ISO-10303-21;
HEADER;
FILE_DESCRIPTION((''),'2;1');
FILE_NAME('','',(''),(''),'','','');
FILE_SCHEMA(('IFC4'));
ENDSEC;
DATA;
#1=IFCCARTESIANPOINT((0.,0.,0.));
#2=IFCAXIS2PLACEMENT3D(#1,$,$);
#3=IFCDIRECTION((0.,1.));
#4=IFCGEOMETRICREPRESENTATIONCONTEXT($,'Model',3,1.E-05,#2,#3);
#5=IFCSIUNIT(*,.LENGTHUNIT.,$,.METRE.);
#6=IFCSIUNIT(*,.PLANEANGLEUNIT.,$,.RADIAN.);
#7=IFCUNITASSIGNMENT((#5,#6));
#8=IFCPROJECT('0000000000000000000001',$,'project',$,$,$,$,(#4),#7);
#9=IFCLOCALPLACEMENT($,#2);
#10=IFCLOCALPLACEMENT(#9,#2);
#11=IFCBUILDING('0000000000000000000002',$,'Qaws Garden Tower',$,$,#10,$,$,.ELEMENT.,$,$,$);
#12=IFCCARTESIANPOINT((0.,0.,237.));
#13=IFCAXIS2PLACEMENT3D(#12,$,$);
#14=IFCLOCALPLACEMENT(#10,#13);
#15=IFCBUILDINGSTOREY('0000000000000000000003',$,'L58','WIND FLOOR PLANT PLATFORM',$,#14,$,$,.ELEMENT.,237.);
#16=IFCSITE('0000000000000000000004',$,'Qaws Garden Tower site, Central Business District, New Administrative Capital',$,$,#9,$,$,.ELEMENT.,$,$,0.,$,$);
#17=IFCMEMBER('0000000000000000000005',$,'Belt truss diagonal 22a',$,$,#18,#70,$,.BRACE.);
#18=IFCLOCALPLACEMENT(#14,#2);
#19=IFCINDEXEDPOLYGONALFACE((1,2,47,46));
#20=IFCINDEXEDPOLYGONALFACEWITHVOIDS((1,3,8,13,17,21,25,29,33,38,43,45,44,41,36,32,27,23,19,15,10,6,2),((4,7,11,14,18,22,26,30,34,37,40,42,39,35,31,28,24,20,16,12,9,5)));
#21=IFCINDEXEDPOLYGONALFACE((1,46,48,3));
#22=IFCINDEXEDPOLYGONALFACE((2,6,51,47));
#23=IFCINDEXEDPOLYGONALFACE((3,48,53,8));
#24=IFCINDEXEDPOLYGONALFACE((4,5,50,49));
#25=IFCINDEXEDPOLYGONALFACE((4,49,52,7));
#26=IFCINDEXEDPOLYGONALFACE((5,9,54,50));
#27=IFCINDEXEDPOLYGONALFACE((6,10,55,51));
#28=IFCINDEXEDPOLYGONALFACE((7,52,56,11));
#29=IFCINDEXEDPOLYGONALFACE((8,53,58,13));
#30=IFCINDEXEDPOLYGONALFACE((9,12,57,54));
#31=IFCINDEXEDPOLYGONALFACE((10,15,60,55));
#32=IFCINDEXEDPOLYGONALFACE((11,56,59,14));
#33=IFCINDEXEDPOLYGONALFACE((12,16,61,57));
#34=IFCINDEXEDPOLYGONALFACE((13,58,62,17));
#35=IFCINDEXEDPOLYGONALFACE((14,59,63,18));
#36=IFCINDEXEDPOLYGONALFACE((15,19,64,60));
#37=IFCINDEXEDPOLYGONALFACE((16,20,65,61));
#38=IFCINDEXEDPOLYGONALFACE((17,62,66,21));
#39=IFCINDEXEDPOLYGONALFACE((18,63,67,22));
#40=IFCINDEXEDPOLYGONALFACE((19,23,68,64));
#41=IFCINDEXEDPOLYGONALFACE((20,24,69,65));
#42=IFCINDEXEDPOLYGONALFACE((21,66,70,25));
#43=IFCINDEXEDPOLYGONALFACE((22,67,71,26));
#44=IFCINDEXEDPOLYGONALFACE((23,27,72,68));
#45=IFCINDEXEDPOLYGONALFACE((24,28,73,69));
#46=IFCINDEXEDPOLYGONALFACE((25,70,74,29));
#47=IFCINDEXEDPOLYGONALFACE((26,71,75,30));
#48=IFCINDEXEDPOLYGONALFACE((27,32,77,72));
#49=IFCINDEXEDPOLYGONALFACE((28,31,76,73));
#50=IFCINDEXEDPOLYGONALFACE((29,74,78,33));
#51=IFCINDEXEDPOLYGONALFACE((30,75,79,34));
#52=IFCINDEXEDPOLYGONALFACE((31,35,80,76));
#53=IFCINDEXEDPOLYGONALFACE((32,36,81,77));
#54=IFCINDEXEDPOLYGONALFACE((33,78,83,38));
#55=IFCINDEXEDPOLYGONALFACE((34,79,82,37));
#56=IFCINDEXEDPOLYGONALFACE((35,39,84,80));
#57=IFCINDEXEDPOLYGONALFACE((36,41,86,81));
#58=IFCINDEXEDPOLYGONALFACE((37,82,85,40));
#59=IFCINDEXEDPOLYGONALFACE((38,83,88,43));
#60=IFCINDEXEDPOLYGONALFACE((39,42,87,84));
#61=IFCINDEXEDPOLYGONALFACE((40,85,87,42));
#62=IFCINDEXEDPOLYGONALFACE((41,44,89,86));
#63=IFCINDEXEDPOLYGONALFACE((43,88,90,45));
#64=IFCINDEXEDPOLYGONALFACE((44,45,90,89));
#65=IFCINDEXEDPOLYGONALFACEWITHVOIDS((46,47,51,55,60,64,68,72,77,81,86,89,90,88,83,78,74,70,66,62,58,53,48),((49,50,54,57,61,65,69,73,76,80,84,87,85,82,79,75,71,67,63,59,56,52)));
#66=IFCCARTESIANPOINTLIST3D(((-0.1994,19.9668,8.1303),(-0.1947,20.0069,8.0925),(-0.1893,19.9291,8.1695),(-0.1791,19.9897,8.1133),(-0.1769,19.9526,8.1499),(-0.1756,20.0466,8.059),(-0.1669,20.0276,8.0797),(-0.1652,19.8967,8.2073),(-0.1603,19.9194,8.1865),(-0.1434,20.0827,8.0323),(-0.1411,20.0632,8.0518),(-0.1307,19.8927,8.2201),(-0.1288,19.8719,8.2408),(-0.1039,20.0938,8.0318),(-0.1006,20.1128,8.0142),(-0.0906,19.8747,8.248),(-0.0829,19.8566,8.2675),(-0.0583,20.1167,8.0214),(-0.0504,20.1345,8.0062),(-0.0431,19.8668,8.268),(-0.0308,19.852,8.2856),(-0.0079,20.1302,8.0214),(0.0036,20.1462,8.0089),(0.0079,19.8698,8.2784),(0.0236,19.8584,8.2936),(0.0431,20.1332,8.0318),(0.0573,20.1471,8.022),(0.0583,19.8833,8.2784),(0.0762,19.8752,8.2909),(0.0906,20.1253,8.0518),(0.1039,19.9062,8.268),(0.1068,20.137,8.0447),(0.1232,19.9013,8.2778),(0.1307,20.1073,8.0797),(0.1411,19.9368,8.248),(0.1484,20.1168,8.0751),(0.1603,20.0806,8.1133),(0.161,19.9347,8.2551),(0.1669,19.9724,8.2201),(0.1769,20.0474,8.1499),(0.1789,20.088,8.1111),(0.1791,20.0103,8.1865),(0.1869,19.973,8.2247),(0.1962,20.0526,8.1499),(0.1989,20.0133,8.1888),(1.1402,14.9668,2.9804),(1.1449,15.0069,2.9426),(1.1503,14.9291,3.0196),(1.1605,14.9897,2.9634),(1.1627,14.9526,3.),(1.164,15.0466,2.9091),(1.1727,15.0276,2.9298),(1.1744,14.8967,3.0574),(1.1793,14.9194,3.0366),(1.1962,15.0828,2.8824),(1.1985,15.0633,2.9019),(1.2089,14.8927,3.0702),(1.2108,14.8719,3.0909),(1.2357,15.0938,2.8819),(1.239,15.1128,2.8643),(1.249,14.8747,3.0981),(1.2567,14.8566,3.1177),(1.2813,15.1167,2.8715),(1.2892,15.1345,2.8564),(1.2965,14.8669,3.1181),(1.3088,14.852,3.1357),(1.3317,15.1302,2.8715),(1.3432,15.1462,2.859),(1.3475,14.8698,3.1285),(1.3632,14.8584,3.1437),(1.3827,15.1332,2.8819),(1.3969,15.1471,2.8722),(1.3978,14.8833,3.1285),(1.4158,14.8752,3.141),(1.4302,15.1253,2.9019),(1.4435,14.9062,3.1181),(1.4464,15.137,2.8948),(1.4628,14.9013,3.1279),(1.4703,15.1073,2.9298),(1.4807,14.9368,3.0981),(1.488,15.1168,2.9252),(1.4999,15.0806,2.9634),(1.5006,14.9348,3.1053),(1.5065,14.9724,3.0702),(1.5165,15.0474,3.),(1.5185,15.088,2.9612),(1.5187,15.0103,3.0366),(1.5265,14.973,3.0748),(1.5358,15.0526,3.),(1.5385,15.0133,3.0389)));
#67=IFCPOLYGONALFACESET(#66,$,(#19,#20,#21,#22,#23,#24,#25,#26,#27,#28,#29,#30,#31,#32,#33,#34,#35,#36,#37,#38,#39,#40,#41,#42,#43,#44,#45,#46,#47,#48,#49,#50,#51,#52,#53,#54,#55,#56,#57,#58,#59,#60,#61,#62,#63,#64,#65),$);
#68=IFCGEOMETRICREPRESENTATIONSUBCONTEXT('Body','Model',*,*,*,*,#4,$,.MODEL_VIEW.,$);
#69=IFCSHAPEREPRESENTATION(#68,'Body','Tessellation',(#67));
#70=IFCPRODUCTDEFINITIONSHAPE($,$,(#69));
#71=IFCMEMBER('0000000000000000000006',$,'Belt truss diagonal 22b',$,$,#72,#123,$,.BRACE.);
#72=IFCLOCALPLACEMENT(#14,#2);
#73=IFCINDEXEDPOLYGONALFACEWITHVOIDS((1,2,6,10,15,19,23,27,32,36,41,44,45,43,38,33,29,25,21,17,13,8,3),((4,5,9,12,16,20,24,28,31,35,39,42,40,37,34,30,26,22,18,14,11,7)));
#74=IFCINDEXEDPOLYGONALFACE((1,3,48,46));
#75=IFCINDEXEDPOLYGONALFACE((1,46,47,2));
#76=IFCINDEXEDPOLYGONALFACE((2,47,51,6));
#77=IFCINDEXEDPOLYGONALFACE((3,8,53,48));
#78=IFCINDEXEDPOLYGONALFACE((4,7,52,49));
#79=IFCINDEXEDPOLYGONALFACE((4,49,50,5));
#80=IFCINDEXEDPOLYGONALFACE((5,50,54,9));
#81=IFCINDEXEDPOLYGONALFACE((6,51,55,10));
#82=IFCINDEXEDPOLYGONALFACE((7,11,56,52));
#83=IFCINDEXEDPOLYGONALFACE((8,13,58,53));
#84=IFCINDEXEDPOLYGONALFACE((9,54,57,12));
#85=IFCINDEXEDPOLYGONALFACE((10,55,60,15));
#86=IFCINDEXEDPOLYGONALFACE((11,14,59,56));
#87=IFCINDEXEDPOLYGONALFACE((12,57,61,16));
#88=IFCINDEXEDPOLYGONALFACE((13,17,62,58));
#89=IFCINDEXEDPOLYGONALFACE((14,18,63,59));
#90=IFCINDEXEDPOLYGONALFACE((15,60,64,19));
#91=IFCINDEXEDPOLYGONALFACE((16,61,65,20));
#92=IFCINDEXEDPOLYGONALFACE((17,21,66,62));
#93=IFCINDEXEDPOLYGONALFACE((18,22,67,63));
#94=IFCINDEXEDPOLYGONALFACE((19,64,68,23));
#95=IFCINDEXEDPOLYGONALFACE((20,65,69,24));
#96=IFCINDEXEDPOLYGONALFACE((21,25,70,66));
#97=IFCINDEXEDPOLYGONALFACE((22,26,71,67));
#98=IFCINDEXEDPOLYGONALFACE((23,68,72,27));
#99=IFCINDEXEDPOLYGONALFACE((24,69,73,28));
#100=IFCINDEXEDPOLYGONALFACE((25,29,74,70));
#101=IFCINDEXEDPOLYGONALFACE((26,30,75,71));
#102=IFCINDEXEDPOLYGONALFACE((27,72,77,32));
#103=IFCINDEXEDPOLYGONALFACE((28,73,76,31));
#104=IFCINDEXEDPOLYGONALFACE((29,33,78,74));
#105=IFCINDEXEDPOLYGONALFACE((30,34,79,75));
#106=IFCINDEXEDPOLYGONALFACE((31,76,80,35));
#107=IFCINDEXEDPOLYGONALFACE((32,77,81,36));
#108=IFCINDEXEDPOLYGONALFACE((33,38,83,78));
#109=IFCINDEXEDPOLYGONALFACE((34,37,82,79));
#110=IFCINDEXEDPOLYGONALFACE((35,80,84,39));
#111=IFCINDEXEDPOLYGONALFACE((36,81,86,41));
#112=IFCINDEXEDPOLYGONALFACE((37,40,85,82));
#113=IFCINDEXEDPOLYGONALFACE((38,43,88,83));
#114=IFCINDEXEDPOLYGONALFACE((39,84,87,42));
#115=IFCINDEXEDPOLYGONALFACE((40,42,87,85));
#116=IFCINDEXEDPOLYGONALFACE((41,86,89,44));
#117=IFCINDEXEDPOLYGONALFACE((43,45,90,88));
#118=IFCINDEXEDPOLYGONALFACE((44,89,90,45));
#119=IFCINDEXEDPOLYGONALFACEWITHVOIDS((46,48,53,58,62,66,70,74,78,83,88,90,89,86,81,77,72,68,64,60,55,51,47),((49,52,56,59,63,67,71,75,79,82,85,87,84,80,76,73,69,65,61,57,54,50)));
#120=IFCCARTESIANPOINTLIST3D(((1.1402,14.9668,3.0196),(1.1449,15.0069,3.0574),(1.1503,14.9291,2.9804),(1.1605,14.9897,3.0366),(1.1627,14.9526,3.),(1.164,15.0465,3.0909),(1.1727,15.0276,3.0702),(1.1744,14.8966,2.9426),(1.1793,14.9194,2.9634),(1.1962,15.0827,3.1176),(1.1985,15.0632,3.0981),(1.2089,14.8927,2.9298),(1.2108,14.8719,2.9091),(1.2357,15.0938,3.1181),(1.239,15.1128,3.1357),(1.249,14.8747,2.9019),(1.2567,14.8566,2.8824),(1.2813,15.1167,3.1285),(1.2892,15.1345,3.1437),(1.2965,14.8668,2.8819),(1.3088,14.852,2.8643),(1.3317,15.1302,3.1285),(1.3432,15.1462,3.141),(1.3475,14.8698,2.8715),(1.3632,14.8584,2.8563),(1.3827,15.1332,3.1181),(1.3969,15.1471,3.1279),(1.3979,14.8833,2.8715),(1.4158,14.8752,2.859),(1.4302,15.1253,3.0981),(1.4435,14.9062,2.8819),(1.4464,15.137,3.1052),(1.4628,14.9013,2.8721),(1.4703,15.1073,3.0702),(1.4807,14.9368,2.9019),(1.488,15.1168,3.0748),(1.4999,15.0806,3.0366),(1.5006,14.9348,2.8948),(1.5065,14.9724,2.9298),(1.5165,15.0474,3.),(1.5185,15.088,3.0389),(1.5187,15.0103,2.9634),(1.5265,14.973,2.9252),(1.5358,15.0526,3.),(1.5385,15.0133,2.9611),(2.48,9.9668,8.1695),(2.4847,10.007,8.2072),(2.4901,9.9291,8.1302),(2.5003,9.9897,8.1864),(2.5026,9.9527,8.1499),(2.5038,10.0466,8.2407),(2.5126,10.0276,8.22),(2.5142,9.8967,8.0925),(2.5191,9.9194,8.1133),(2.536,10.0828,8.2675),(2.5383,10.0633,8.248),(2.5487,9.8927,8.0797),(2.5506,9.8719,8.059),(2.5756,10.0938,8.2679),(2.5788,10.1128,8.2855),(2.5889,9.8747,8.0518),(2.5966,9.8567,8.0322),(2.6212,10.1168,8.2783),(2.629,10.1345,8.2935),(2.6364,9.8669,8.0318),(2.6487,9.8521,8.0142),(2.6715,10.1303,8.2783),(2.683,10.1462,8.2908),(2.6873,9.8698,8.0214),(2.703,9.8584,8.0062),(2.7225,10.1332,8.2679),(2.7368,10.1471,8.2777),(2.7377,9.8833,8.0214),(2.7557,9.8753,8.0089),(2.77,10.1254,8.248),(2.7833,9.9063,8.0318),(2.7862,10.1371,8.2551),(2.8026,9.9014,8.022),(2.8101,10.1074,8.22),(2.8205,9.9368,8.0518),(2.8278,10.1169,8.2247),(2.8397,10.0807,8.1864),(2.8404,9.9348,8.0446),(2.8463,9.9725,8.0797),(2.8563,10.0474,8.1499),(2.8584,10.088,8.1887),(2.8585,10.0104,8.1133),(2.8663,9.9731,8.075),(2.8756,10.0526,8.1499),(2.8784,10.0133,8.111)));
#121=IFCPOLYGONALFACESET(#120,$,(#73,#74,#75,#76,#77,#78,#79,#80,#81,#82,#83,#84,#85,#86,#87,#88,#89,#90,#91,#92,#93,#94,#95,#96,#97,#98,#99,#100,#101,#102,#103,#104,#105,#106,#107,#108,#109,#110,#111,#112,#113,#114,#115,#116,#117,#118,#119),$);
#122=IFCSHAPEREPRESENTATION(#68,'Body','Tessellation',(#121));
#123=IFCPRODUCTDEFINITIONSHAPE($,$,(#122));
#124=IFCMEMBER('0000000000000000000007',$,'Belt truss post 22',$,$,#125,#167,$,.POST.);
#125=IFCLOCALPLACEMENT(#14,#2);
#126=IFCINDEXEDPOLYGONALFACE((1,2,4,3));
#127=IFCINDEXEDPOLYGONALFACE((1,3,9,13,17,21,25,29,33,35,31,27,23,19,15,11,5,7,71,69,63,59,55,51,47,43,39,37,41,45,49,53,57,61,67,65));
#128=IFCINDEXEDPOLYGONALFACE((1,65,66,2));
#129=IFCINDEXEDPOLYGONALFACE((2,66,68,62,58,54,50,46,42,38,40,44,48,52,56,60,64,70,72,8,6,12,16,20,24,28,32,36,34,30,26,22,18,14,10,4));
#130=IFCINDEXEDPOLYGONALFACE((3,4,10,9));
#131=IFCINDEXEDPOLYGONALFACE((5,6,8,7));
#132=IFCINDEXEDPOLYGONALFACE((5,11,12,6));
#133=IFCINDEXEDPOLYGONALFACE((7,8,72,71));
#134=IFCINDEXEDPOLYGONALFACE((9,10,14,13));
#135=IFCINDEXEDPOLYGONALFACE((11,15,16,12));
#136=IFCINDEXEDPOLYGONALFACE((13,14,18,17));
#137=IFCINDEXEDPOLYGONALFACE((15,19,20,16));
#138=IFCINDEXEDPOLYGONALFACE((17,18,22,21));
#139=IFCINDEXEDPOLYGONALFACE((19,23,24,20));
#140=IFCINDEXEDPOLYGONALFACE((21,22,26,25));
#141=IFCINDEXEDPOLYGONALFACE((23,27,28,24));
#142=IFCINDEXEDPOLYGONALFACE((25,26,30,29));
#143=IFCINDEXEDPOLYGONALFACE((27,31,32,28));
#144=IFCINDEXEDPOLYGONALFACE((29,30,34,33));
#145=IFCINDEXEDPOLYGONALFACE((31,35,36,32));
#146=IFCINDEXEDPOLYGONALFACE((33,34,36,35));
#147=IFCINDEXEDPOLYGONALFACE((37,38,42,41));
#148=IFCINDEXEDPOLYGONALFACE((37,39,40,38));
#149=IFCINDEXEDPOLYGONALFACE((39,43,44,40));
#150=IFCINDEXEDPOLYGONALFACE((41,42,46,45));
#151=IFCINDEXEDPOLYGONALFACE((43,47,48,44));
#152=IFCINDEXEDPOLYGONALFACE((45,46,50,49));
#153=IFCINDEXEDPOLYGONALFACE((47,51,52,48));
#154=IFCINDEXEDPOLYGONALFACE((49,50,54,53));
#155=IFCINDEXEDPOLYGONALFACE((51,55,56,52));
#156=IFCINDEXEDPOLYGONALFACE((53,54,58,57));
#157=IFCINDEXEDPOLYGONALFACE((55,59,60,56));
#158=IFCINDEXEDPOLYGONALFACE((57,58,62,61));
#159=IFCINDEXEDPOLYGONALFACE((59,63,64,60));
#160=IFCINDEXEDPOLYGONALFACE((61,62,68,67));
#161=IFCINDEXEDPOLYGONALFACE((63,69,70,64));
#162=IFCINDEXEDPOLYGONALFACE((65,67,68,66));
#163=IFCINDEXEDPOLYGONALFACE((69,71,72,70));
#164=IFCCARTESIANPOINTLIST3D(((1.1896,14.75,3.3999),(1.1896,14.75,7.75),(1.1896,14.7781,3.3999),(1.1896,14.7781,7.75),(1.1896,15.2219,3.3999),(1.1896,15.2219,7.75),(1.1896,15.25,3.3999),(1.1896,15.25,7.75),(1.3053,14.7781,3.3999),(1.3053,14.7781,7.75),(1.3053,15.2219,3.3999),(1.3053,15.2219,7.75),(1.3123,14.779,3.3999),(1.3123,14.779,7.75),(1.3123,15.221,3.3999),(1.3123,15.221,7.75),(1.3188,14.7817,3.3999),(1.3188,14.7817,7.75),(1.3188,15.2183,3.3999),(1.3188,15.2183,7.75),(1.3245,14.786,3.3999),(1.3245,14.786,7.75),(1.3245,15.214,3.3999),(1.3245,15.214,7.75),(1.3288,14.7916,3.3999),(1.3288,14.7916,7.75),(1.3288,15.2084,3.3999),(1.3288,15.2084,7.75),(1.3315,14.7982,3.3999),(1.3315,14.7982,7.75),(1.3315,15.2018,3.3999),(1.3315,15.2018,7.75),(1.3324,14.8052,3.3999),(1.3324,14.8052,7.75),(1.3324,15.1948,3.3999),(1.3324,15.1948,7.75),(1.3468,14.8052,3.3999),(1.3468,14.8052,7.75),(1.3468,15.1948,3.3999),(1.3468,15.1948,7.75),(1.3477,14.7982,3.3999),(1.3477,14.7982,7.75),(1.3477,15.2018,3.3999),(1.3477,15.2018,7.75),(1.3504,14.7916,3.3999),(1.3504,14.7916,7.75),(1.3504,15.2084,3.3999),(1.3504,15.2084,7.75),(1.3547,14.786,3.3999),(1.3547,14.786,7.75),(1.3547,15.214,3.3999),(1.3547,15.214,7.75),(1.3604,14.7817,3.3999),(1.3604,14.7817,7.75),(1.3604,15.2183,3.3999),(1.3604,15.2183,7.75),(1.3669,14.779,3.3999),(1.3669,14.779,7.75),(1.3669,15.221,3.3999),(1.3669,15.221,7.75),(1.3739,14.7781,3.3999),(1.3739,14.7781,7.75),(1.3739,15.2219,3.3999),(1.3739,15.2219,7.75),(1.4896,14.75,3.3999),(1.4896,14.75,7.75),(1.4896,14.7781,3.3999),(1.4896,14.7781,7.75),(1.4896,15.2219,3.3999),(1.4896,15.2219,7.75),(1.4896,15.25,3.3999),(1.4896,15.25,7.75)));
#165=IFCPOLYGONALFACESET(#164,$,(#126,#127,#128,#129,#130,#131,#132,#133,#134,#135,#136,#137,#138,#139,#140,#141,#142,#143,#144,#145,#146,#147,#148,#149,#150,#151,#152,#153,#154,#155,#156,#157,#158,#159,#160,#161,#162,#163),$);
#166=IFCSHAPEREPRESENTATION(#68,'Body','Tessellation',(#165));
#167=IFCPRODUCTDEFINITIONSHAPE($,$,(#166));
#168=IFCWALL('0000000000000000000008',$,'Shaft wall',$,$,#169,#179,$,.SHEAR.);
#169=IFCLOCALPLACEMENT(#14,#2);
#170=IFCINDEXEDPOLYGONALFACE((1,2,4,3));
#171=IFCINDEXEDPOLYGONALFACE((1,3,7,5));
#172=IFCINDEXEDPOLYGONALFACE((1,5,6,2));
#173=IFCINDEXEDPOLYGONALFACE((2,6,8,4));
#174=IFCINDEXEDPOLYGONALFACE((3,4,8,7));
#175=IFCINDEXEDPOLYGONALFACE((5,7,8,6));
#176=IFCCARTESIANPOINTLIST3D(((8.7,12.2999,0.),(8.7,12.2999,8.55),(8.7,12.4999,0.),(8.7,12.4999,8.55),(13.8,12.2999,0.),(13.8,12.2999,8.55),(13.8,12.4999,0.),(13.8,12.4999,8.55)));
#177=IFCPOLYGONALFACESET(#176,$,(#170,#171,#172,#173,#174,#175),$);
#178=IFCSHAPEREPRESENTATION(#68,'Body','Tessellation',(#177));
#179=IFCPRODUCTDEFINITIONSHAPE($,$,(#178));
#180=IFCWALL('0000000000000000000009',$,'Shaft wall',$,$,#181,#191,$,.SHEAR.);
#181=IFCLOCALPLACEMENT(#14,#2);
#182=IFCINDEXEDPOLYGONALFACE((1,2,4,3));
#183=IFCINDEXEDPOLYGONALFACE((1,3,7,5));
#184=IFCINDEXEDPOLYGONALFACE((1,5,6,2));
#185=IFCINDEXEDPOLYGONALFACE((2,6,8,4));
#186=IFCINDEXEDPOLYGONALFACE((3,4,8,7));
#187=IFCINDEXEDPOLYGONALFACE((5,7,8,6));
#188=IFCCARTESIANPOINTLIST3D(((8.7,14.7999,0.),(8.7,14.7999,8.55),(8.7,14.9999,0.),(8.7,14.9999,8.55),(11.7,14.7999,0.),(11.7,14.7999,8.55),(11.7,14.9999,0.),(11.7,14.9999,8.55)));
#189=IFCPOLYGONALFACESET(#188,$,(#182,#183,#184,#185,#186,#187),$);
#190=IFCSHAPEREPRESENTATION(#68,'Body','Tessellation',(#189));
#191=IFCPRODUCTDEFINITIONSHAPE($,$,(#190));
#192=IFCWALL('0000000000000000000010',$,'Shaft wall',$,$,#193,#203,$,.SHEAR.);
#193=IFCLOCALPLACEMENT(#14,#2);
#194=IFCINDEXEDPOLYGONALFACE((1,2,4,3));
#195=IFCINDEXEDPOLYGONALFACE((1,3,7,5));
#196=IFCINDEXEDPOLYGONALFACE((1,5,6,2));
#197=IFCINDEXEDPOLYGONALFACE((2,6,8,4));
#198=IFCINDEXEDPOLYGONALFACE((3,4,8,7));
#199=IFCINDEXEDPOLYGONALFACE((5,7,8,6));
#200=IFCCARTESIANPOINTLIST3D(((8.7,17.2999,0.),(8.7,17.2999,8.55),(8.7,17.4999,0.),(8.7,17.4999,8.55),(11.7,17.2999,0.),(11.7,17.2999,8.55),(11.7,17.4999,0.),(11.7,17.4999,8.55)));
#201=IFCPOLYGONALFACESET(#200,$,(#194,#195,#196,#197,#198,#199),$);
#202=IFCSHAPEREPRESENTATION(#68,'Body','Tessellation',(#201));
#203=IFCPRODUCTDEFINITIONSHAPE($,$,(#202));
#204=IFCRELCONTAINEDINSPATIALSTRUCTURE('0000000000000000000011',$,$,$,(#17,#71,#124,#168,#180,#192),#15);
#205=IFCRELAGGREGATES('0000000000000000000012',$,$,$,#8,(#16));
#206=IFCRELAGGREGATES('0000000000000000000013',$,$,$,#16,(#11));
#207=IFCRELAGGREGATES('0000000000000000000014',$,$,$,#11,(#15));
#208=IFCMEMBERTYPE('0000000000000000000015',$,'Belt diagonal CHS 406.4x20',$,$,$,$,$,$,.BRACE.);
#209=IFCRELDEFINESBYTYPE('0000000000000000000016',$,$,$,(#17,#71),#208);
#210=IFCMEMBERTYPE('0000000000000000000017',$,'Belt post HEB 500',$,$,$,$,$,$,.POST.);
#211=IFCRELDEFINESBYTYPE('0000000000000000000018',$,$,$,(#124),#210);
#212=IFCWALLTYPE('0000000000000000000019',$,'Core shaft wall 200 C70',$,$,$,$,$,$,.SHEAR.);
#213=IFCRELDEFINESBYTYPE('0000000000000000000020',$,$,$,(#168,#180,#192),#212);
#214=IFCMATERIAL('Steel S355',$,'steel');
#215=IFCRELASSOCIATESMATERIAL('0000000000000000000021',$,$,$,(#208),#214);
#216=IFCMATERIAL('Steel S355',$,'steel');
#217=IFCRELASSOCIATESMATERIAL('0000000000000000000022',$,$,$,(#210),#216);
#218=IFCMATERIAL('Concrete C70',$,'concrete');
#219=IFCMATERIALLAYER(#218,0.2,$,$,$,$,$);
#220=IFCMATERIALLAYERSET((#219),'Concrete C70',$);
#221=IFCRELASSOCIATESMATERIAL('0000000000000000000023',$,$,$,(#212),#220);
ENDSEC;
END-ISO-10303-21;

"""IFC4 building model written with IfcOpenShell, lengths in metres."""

from ifc_helpers import new_model, si_unit, direction, frame, frame_2d, origin, origin_2d, place, context, subcontext, project, spatial, rectangle, hollow_circle, i_section, extrude, material, layer, layer_set, material_profile, profile_set, type_object, element, save


model = new_model("IFC4")

# Units and contexts
model_context = context("Model", 3, precision=1e-05, world=origin(), true_north=direction((0.0, 1.0)))
body_context = subcontext(model_context, "Body", "Model", "MODEL_VIEW")
ifc_project = project(units=[si_unit("LENGTHUNIT", "METRE"), si_unit("PLANEANGLEUNIT", "RADIAN")], contexts=[model_context])

# Site, building, storey
site_placement = place(None, origin())
site = spatial("IfcSite", under=ifc_project, at=site_placement, Name="Qaws Garden Tower site, Central Business District, New Administrative Capital", CompositionType="ELEMENT", RefElevation=0.0)
building_placement = place(site_placement, origin())
building = spatial("IfcBuilding", under=site, at=building_placement, Name="Qaws Garden Tower", CompositionType="ELEMENT")
storey_placement = place(building_placement, frame((0.0, 0.0, 237.0)))
storey = spatial("IfcBuildingStorey", under=building, at=storey_placement, Name="L58", Description="WIND FLOOR PLANT PLATFORM", CompositionType="ELEMENT", Elevation=237.0)

# Members
ifc_material_1 = material(Name="Steel S355", Category="steel")
ifc_material_profile_1 = material_profile(ifc_material_1, hollow_circle(Radius=0.2031, WallThickness=0.02, at=origin_2d()), Name="CHS 406.4x20")
ifc_profile_set_1 = profile_set([ifc_material_profile_1], Name="Steel S355")
member_type_1 = type_object("IfcMemberType", Name="Belt diagonal CHS 406.4x20", PredefinedType="BRACE", material=ifc_profile_set_1)
for number, where, z_axis, x_axis, name in (
    (1, (0.0, 20.0, 8.1499), (0.183462, -0.684764, -0.705294), (0.965933, 0.258793, 0.0), "Belt truss diagonal 22a"),
    (2, (1.3396, 15.0, 3.0), (0.183494, -0.68476, 0.70529), (0.965921, 0.258837, 0.0), "Belt truss diagonal 22b"),
):
    element("IfcMember", number, at=place(storey_placement, frame(where, z_axis=z_axis, x_axis=x_axis)), inside=storey, type_object=member_type_1, Name=name, PredefinedType="BRACE", context=body_context, shape_type="SweptSolid", body=[
        extrude(hollow_circle(Radius=0.2031, WallThickness=0.02, at=origin_2d()), origin(), (0.0, 0.0, 1.0), 7.3018),
    ])
ifc_material_2 = material(Name="Steel S355", Category="steel")
ifc_material_profile_2 = material_profile(ifc_material_2, i_section(OverallWidth=0.3, OverallDepth=0.5, WebThickness=0.0144, FlangeThickness=0.0281, FilletRadius=0.0271, at=origin_2d()), Name="HEB 500")
ifc_profile_set_2 = profile_set([ifc_material_profile_2], Name="Steel S355")
member_type_2 = type_object("IfcMemberType", Name="Belt post HEB 500", PredefinedType="POST", material=ifc_profile_set_2)
placement = place(storey_placement, frame((1.3396, 15.0, 3.3999), z_axis=(0.0, 0.0, 1.0), x_axis=(1.0, 0.0, 0.0)))
element("IfcMember", 3, at=placement, inside=storey, type_object=member_type_2, Name="Belt truss post 22", PredefinedType="POST", context=body_context, shape_type="SweptSolid", body=[
    extrude(i_section(OverallWidth=0.3, OverallDepth=0.5, WebThickness=0.0144, FlangeThickness=0.0281, FilletRadius=0.0271, at=origin_2d()), origin(), (0.0, 0.0, 1.0), 4.3501),
])

# Walls
ifc_material_3 = material(Name="Concrete C70", Category="concrete")
ifc_layer_1 = layer(ifc_material_3, 0.2)
ifc_layer_set_1 = layer_set([ifc_layer_1], Name="Concrete C70")
wall_type_1 = type_object("IfcWallType", Name="Core shaft wall 200 C70", PredefinedType="SHEAR", material=ifc_layer_set_1)
wall_1_placement = place(storey_placement, frame((8.7, 12.3999, 0.0), z_axis=(0.0, 0.0, 1.0), x_axis=(1.0, 0.0, 0.0)))
element("IfcWall", 4, at=wall_1_placement, inside=storey, type_object=wall_type_1, Name="Shaft wall", PredefinedType="SHEAR", context=body_context, shape_type="SweptSolid", body=[
    extrude(rectangle(XDim=5.1001, YDim=0.2, at=frame_2d((2.55, 0.0))), origin(), (0.0, 0.0, 1.0), 8.55),
])
for number, where, z_axis, x_axis, name in (
    (5, (8.7, 14.8999, 0.0), (0.0, 0.0, 1.0), (1.0, 0.0, 0.0), "Shaft wall"),
    (6, (8.7, 17.3999, 0.0), (0.0, 0.0, 1.0), (1.0, 0.0, 0.0), "Shaft wall"),
):
    element("IfcWall", number, at=place(storey_placement, frame(where, z_axis=z_axis, x_axis=x_axis)), inside=storey, type_object=wall_type_1, Name=name, PredefinedType="SHEAR", context=body_context, shape_type="SweptSolid", body=[
        extrude(rectangle(XDim=3.0, YDim=0.2, at=frame_2d((1.5, 0.0))), origin(), (0.0, 0.0, 1.0), 8.55),
    ])

save(model, "model.ifc")
